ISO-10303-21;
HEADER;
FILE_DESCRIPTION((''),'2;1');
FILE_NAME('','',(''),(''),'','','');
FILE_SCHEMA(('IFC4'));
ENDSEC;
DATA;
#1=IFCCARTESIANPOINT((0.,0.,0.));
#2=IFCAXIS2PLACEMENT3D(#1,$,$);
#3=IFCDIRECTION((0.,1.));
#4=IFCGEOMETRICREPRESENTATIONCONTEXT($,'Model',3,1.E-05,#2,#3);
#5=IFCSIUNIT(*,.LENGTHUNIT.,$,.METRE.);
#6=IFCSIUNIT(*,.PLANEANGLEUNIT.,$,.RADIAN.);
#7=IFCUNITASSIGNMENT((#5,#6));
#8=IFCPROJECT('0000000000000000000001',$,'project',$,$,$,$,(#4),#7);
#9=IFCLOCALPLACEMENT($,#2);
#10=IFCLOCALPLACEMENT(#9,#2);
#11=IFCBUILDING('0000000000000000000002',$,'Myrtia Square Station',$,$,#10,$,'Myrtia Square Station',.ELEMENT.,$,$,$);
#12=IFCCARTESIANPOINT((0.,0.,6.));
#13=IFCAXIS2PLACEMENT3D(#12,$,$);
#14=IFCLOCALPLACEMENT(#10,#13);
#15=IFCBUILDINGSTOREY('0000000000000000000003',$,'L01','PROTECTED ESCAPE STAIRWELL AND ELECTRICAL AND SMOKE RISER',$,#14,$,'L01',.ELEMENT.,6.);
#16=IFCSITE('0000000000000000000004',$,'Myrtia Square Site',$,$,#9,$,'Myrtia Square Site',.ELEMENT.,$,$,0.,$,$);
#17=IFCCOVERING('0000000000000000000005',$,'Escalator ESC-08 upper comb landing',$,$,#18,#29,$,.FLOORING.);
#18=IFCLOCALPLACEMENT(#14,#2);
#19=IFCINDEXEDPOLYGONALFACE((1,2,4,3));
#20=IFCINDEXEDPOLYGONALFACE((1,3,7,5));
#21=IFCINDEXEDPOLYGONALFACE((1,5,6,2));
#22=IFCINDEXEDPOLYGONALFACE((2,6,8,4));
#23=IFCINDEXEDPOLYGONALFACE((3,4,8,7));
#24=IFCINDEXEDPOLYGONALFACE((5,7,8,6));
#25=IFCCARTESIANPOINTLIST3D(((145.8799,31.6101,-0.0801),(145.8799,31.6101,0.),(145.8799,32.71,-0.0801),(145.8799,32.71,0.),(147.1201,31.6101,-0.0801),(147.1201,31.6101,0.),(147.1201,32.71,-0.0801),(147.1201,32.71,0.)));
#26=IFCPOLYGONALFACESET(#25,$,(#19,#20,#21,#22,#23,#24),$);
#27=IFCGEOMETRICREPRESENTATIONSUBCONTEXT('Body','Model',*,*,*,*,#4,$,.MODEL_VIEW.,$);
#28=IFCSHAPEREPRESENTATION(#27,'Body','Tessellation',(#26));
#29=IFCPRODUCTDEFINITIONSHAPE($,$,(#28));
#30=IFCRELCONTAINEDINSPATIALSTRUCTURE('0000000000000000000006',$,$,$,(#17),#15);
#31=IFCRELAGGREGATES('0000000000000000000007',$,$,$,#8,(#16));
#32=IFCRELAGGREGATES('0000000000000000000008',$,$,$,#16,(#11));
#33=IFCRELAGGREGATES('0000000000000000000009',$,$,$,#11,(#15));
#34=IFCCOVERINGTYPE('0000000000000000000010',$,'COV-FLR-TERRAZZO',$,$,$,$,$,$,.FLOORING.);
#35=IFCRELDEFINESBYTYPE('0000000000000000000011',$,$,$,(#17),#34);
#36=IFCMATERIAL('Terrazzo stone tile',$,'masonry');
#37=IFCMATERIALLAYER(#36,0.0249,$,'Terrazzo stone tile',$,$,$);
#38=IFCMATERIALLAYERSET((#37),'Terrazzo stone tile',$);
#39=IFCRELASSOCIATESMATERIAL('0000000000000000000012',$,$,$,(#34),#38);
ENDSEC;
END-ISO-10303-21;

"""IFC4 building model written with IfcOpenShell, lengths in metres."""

from ifc_helpers import new_model, si_unit, direction, frame, origin, place, context, subcontext, project, spatial, polyline, outline, extrude, material, layer, layer_set, type_object, element, save


model = new_model("IFC4")

# Units and contexts
model_context = context("Model", 3, precision=1e-05, world=origin(), true_north=direction((0.0, 1.0)))
body_context = subcontext(model_context, "Body", "Model", "MODEL_VIEW")
ifc_project = project(units=[si_unit("LENGTHUNIT", "METRE"), si_unit("PLANEANGLEUNIT", "RADIAN")], contexts=[model_context])

# Site, building, storey
site_placement = place(None, origin())
site = spatial("IfcSite", under=ifc_project, at=site_placement, Name="Myrtia Square Site", LongName="Myrtia Square Site", CompositionType="ELEMENT", RefElevation=0.0)
building_placement = place(site_placement, origin())
building = spatial("IfcBuilding", under=site, at=building_placement, Name="Myrtia Square Station", LongName="Myrtia Square Station", CompositionType="ELEMENT")
storey_placement = place(building_placement, frame((0.0, 0.0, 6.0)))
storey = spatial("IfcBuildingStorey", under=building, at=storey_placement, Name="L01", Description="PROTECTED ESCAPE STAIRWELL AND ELECTRICAL AND SMOKE RISER", LongName="L01", CompositionType="ELEMENT", Elevation=6.0)

# Covering
ifc_material_1 = material(Name="Terrazzo stone tile", Category="masonry")
ifc_layer_1 = layer(ifc_material_1, 0.0249, Name="Terrazzo stone tile")
ifc_layer_set_1 = layer_set([ifc_layer_1], Name="Terrazzo stone tile")
covering_type_1 = type_object("IfcCoveringType", Name="COV-FLR-TERRAZZO", PredefinedType="FLOORING", material=ifc_layer_set_1)
covering_1_placement = place(storey_placement, frame((0.0, 0.0, -0.0801)))
element("IfcCovering", 1, at=covering_1_placement, inside=storey, type_object=covering_type_1, Name="Escalator ESC-08 upper comb landing", PredefinedType="FLOORING", context=body_context, shape_type="SweptSolid", body=[
    extrude(outline(polyline([(145.8799, 31.6101), (147.1201, 31.6101), (147.1201, 32.71), (145.8799, 32.71), (145.8799, 31.6101)])), origin(), (0.0, 0.0, 1.0), 0.0801),
])

save(model, "model.ifc")
